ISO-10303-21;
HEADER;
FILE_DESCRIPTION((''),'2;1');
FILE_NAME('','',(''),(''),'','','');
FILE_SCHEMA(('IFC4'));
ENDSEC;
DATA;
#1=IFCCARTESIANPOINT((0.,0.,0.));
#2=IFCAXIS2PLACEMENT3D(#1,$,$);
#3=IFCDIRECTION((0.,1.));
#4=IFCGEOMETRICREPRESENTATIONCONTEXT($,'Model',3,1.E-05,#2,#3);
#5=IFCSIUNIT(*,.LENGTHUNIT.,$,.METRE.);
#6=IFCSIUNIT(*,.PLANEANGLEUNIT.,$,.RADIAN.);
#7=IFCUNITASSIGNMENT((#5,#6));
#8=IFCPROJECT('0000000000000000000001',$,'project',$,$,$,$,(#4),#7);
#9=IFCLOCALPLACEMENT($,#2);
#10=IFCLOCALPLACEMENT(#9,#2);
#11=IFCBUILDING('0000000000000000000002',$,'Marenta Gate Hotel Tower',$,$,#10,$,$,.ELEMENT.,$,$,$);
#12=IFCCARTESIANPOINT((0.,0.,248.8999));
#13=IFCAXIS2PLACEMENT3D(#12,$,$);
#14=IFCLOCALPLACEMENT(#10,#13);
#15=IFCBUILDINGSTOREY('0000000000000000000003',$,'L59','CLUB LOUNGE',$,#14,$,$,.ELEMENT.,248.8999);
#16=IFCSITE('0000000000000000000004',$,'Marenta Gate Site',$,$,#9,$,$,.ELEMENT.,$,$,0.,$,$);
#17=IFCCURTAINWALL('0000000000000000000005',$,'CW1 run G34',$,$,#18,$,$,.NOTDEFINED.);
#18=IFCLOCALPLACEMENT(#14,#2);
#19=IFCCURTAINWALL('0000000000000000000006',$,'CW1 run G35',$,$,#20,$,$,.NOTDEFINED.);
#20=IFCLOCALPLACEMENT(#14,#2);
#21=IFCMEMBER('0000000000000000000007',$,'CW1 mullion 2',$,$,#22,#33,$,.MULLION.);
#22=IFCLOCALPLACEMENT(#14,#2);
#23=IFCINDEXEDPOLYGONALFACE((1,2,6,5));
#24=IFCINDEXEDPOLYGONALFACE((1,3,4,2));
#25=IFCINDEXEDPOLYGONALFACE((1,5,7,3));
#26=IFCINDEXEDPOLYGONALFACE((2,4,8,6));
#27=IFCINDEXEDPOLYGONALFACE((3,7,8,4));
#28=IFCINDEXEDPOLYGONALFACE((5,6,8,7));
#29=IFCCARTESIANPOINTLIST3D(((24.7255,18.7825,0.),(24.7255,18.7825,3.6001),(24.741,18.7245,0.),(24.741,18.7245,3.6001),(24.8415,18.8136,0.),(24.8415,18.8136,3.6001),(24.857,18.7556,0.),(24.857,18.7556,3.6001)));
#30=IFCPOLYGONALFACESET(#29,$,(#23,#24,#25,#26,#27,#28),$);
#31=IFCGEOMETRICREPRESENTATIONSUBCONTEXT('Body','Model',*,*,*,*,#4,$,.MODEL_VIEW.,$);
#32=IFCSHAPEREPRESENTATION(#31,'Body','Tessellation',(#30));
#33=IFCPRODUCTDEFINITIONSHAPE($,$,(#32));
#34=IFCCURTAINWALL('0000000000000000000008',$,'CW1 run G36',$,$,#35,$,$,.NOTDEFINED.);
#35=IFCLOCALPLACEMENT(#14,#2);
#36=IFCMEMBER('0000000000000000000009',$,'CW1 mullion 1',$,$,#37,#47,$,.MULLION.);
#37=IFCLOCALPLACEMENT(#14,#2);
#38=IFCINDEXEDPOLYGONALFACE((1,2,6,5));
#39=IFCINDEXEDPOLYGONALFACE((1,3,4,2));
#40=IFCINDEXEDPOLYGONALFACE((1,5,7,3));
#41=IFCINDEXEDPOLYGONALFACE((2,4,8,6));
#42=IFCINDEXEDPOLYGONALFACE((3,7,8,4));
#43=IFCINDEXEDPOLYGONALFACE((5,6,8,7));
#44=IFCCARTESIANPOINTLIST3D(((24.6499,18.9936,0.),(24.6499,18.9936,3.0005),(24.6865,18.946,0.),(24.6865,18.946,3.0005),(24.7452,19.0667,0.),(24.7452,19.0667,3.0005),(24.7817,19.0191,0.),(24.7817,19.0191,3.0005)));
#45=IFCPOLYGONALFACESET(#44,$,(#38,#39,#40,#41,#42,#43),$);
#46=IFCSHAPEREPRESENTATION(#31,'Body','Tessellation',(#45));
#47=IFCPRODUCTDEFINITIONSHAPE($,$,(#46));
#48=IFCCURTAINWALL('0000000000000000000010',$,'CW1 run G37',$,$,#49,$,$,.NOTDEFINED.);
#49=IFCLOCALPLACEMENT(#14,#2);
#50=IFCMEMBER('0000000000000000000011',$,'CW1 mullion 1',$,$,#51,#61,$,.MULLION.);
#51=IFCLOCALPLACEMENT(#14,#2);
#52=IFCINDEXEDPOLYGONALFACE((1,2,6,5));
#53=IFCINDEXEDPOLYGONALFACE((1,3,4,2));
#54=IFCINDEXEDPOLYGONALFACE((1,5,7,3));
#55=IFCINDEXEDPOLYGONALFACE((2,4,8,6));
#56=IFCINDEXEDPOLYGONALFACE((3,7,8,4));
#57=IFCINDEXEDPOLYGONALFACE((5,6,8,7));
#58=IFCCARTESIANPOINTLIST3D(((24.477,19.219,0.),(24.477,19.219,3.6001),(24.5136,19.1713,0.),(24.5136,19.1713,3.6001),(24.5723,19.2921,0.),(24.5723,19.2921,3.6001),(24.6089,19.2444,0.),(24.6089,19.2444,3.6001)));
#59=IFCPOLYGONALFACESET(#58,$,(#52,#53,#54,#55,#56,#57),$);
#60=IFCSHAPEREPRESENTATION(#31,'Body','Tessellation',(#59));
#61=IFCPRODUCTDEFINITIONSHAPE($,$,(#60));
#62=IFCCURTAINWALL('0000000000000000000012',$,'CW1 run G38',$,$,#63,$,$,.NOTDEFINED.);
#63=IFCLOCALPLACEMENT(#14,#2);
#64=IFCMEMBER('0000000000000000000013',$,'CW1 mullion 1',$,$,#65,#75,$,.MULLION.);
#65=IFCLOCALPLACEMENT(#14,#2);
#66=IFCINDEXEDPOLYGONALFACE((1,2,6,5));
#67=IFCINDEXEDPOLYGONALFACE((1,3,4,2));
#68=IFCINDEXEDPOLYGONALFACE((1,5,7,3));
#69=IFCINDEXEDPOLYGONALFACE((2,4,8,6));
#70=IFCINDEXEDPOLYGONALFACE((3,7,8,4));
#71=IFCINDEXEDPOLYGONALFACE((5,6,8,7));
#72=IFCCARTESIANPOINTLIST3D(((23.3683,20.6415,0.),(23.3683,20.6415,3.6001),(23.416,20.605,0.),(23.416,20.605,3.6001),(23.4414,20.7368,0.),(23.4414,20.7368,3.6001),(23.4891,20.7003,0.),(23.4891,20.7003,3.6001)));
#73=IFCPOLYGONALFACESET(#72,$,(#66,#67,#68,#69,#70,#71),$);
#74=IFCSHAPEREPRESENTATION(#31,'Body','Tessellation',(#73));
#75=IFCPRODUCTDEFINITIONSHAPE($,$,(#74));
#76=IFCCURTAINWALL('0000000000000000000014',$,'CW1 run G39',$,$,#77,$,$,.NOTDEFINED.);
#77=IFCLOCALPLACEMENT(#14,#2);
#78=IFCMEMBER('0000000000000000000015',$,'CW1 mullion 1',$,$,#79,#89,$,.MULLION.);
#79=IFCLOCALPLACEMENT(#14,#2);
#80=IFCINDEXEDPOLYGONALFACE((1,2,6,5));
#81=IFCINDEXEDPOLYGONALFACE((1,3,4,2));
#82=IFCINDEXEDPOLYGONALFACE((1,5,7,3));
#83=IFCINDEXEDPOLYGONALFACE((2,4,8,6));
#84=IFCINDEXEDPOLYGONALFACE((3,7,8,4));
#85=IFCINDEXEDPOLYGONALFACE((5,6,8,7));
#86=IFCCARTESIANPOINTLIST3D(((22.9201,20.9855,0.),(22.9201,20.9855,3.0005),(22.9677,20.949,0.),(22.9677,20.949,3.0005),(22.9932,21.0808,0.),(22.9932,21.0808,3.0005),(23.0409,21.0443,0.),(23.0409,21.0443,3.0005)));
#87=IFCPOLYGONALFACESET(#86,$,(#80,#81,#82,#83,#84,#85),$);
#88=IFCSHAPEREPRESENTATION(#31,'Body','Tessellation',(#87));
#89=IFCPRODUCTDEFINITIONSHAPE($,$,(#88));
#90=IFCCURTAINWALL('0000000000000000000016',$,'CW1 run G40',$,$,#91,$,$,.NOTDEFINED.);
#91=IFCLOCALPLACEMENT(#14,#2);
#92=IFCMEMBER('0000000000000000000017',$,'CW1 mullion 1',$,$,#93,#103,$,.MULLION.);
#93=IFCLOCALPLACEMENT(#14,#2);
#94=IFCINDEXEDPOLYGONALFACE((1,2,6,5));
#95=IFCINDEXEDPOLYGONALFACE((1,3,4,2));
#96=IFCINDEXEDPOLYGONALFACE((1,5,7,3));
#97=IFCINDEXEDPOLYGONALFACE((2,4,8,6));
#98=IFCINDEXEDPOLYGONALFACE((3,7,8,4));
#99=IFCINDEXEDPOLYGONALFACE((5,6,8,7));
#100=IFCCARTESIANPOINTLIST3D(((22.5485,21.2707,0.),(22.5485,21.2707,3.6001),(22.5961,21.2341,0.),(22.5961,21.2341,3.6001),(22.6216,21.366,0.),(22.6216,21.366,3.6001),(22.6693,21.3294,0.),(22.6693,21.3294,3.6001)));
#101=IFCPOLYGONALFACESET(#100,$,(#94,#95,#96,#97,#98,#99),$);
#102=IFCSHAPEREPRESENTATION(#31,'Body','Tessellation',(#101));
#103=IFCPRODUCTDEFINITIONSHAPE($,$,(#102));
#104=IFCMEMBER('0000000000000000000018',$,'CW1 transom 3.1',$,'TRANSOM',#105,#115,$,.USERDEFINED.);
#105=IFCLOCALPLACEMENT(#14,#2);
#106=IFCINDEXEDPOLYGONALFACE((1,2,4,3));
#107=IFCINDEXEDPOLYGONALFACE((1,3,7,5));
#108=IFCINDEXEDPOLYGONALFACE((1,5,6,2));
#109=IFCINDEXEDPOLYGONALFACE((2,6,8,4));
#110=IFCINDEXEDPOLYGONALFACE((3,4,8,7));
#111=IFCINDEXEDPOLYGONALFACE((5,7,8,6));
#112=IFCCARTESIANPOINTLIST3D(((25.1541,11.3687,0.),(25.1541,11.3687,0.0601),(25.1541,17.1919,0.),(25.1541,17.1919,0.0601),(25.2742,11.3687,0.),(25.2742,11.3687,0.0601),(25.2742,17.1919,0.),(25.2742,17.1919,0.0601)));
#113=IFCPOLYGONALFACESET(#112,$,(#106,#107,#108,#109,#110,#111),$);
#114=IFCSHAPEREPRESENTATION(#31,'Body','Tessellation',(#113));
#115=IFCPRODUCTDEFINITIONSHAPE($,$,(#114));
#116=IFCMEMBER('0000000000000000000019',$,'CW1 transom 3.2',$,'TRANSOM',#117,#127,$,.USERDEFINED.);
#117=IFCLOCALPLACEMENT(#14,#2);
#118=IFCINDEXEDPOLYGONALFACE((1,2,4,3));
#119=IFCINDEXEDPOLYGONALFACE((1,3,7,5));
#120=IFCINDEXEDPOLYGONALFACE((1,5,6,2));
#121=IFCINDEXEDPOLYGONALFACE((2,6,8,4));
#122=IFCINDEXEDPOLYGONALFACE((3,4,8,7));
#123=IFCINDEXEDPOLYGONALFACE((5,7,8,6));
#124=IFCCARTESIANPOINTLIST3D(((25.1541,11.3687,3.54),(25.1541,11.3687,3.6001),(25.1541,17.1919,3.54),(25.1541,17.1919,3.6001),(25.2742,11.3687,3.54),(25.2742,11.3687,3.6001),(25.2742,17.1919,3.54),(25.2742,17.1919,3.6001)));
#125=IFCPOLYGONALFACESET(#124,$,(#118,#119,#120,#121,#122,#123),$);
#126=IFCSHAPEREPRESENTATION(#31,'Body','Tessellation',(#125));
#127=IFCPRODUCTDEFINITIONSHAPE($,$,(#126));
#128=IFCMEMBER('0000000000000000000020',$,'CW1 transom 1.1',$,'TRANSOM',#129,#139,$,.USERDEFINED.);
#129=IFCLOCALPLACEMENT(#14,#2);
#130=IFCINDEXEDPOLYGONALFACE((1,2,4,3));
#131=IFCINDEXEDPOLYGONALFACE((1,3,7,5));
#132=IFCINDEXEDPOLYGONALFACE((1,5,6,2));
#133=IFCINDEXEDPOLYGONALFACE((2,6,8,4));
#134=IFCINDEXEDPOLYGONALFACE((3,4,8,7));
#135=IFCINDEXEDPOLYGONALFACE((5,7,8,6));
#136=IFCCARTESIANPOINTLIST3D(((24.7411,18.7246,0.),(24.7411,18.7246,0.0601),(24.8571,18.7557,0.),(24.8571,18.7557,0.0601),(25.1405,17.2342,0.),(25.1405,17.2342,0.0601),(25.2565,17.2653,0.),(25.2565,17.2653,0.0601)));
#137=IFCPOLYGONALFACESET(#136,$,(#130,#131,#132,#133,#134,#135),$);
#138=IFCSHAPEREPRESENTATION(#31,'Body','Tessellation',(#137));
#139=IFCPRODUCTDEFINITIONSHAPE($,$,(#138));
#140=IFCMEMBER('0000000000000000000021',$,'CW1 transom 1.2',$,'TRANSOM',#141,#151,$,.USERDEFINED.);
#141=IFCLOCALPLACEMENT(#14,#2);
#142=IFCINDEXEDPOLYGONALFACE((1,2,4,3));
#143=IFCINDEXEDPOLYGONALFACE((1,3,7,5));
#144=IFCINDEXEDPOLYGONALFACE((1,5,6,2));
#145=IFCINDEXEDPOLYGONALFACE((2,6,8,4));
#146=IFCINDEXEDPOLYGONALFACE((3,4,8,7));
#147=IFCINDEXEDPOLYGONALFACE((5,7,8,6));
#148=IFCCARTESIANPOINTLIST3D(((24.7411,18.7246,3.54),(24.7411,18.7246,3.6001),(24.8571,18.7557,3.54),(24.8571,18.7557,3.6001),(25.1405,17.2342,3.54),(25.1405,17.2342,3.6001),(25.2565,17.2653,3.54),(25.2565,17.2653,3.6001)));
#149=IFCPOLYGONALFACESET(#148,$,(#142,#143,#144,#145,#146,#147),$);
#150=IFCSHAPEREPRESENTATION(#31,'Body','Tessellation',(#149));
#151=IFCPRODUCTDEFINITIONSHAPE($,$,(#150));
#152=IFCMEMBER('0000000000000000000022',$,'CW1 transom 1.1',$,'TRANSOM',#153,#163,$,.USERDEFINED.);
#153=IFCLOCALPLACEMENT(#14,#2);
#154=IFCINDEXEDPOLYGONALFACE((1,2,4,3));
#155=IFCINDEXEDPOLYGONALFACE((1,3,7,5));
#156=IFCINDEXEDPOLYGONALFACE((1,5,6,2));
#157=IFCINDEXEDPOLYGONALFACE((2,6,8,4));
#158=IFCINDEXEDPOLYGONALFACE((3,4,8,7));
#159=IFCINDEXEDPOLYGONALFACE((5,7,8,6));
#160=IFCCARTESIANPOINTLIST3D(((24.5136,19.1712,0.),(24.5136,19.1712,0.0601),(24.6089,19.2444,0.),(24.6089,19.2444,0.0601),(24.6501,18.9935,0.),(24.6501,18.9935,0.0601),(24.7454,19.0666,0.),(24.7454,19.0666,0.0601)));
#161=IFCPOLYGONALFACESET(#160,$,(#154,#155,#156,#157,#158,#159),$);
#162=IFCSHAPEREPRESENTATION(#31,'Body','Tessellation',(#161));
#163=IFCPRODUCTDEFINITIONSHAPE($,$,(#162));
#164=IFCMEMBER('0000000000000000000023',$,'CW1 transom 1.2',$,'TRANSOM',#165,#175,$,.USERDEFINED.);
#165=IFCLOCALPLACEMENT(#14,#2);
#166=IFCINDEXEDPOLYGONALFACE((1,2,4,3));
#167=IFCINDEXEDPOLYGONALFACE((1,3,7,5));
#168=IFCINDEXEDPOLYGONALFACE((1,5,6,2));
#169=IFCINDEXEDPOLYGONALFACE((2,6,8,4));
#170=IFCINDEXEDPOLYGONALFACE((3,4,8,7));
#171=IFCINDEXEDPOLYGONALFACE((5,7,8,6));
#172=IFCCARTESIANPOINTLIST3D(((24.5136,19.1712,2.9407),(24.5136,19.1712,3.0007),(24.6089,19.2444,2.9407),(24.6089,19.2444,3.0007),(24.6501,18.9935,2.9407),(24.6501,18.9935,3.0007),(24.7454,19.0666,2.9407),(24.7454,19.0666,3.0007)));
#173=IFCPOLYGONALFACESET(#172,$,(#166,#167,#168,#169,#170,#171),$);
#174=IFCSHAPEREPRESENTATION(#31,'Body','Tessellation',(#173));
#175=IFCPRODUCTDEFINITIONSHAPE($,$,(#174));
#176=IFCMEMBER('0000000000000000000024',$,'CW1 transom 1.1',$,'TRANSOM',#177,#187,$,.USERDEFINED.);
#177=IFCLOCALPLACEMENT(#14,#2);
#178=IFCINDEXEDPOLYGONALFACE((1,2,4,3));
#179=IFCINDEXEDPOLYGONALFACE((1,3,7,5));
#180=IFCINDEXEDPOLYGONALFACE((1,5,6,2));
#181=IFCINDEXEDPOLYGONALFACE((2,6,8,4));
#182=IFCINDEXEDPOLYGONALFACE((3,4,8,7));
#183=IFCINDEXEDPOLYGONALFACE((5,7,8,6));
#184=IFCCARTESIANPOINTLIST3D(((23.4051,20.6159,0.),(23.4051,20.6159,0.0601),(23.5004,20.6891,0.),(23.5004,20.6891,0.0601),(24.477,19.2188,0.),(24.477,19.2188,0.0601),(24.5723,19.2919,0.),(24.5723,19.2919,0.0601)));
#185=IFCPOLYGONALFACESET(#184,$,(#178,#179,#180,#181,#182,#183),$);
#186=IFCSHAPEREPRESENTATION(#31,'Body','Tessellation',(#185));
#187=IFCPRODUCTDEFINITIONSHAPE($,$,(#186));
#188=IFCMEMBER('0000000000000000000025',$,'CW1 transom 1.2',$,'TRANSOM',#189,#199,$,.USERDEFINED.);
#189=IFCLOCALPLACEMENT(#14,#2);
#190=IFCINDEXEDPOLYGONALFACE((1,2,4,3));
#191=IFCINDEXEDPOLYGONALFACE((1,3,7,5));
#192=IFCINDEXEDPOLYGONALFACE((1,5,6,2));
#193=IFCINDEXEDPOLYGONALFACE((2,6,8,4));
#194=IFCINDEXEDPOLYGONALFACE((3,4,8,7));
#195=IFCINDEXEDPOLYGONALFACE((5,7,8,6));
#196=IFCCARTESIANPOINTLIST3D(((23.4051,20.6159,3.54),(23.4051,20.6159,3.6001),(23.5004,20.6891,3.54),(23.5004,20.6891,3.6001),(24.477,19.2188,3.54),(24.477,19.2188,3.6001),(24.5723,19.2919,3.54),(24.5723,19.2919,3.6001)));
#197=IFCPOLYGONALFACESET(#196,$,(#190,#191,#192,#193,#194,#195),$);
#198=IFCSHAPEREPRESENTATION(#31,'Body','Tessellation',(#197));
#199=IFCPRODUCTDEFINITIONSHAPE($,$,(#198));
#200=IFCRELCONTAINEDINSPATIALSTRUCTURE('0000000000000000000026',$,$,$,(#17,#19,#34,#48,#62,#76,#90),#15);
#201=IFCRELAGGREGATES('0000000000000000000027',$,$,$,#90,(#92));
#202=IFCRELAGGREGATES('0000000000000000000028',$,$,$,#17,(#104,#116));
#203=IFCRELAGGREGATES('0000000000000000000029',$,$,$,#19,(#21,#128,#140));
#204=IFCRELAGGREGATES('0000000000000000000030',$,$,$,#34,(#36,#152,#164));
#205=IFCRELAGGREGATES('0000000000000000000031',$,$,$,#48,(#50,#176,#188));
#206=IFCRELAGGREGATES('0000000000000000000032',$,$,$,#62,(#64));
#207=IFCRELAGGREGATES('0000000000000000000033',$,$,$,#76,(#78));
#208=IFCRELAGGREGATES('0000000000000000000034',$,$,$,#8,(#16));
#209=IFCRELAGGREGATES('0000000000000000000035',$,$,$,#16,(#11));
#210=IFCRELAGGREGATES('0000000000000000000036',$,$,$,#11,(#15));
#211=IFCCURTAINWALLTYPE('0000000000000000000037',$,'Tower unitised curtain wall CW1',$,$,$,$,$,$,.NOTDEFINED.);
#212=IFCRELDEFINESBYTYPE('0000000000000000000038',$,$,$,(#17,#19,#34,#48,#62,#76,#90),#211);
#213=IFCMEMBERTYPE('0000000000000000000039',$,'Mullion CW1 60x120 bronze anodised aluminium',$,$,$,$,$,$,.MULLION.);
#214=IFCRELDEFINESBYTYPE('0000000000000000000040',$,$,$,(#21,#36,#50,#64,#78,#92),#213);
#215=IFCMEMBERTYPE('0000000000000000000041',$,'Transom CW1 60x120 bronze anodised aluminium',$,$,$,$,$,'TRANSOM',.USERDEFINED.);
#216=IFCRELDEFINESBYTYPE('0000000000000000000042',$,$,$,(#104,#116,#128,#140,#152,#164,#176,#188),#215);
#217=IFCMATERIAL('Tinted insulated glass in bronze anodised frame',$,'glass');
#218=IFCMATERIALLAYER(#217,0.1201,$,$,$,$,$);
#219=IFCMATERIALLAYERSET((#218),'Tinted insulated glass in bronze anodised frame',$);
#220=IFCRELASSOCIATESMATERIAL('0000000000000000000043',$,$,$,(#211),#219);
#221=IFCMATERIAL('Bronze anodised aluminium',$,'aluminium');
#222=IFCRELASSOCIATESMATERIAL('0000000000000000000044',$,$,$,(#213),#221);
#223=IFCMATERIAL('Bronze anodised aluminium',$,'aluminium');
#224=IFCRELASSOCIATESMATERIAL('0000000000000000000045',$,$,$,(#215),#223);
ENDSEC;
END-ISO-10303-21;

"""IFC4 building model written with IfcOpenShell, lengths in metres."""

from ifc_helpers import new_model, si_unit, direction, frame, origin, origin_2d, place, context, subcontext, project, spatial, rectangle, extrude, material, layer, layer_set, material_profile, profile_set, type_object, element, aggregate, save


model = new_model("IFC4")

# Units and contexts
model_context = context("Model", 3, precision=1e-05, world=origin(), true_north=direction((0.0, 1.0)))
body_context = subcontext(model_context, "Body", "Model", "MODEL_VIEW")
ifc_project = project(units=[si_unit("LENGTHUNIT", "METRE"), si_unit("PLANEANGLEUNIT", "RADIAN")], contexts=[model_context])

# Site, building, storey
site_placement = place(None, origin())
site = spatial("IfcSite", under=ifc_project, at=site_placement, Name="Marenta Gate Site", CompositionType="ELEMENT", RefElevation=0.0)
building_placement = place(site_placement, origin())
building = spatial("IfcBuilding", under=site, at=building_placement, Name="Marenta Gate Hotel Tower", CompositionType="ELEMENT")
storey_placement = place(building_placement, frame((0.0, 0.0, 248.8999)))
storey = spatial("IfcBuildingStorey", under=building, at=storey_placement, Name="L59", Description="CLUB LOUNGE", CompositionType="ELEMENT", Elevation=248.8999)

# Curtain wall
ifc_material_1 = material(Name="Tinted insulated glass in bronze anodised frame", Category="glass")
ifc_layer_1 = layer(ifc_material_1, 0.1201)
ifc_layer_set_1 = layer_set([ifc_layer_1], Name="Tinted insulated glass in bronze anodised frame")
curtain_wall_type = type_object("IfcCurtainWallType", Name="Tower unitised curtain wall CW1", PredefinedType="NOTDEFINED", material=ifc_layer_set_1)
curtain_wall_1_placement = place(storey_placement, origin())
curtain_wall_1 = element("IfcCurtainWall", 1, at=curtain_wall_1_placement, inside=storey, type_object=curtain_wall_type, Name="CW1 run G34", PredefinedType="NOTDEFINED")
ifc_material_2 = material(Name="Bronze anodised aluminium", Category="aluminium")
ifc_material_profile_1 = material_profile(ifc_material_2, rectangle(XDim=0.1201, YDim=0.0601, at=origin_2d()), Name="Mullion CW1 60x120 bronze anodised aluminium")
ifc_profile_set_1 = profile_set([ifc_material_profile_1], Name="Bronze anodised aluminium")
member_type_1 = type_object("IfcMemberType", Name="Mullion CW1 60x120 bronze anodised aluminium", PredefinedType="MULLION", material=ifc_profile_set_1)

# Curtain wall, member
curtain_wall_2_placement = place(storey_placement, origin())
curtain_wall_2 = element("IfcCurtainWall", 2, at=curtain_wall_2_placement, inside=storey, type_object=curtain_wall_type, Name="CW1 run G35", PredefinedType="NOTDEFINED")
member_1_placement = place(storey_placement, frame((24.7913, 18.769, 0.0), z_axis=(0.0, 0.0, 1.0), x_axis=(-0.965923, -0.25883, 0.0)))
member_1 = element("IfcMember", 3, at=member_1_placement, type_object=member_type_1, Name="CW1 mullion 2", PredefinedType="MULLION", context=body_context, shape_type="SweptSolid", body=[
    extrude(rectangle(XDim=0.1201, YDim=0.0601, at=origin_2d()), origin(), (0.0, 0.0, 1.0), 3.6001),
])

# Curtain walls, members
curtain_wall_3_placement = place(storey_placement, origin())
curtain_wall_3 = element("IfcCurtainWall", 4, at=curtain_wall_3_placement, inside=storey, type_object=curtain_wall_type, Name="CW1 run G36", PredefinedType="NOTDEFINED")
member_2_placement = place(storey_placement, frame((24.7158, 19.0063, 0.0), z_axis=(0.0, 0.0, 1.0), x_axis=(-0.793317, -0.608808, 0.0)))
member_2 = element("IfcMember", 5, at=member_2_placement, type_object=member_type_1, Name="CW1 mullion 1", PredefinedType="MULLION", context=body_context, shape_type="SweptSolid", body=[
    extrude(rectangle(XDim=0.1201, YDim=0.0601, at=origin_2d()), origin(), (0.0, 0.0, 1.0), 3.0005),
])
curtain_wall_4_placement = place(storey_placement, origin())
curtain_wall_4 = element("IfcCurtainWall", 6, at=curtain_wall_4_placement, inside=storey, type_object=curtain_wall_type, Name="CW1 run G37", PredefinedType="NOTDEFINED")
member_3_placement = place(storey_placement, frame((24.543, 19.2317, 0.0), z_axis=(0.0, 0.0, 1.0), x_axis=(-0.793336, -0.608784, 0.0)))
member_3 = element("IfcMember", 7, at=member_3_placement, type_object=member_type_1, Name="CW1 mullion 1", PredefinedType="MULLION", context=body_context, shape_type="SweptSolid", body=[
    extrude(rectangle(XDim=0.1201, YDim=0.0601, at=origin_2d()), origin(), (0.0, 0.0, 1.0), 3.6001),
])
curtain_wall_5_placement = place(storey_placement, origin())
curtain_wall_5 = element("IfcCurtainWall", 8, at=curtain_wall_5_placement, inside=storey, type_object=curtain_wall_type, Name="CW1 run G38", PredefinedType="NOTDEFINED")
member_4_placement = place(storey_placement, frame((23.4287, 20.6709, 0.0), z_axis=(0.0, 0.0, 1.0), x_axis=(-0.60877, -0.793347, 0.0)))
member_4 = element("IfcMember", 9, at=member_4_placement, type_object=member_type_1, Name="CW1 mullion 1", PredefinedType="MULLION", context=body_context, shape_type="SweptSolid", body=[
    extrude(rectangle(XDim=0.1201, YDim=0.0601, at=origin_2d()), origin(), (0.0, 0.0, 1.0), 3.6001),
])
curtain_wall_6_placement = place(storey_placement, origin())
curtain_wall_6 = element("IfcCurtainWall", 10, at=curtain_wall_6_placement, inside=storey, type_object=curtain_wall_type, Name="CW1 run G39", PredefinedType="NOTDEFINED")
member_5_placement = place(storey_placement, frame((22.9805, 21.0149, 0.0), z_axis=(0.0, 0.0, 1.0), x_axis=(-0.608844, -0.79329, 0.0)))
member_5 = element("IfcMember", 11, at=member_5_placement, type_object=member_type_1, Name="CW1 mullion 1", PredefinedType="MULLION", context=body_context, shape_type="SweptSolid", body=[
    extrude(rectangle(XDim=0.1201, YDim=0.0601, at=origin_2d()), origin(), (0.0, 0.0, 1.0), 3.0005),
])
curtain_wall_7_placement = place(storey_placement, origin())
curtain_wall_7 = element("IfcCurtainWall", 12, at=curtain_wall_7_placement, inside=storey, type_object=curtain_wall_type, Name="CW1 run G40", PredefinedType="NOTDEFINED")
member_6_placement = place(storey_placement, frame((22.6089, 21.3, 0.0), z_axis=(0.0, 0.0, 1.0), x_axis=(-0.608772, -0.793345, 0.0)))
member_6 = element("IfcMember", 13, at=member_6_placement, type_object=member_type_1, Name="CW1 mullion 1", PredefinedType="MULLION", context=body_context, shape_type="SweptSolid", body=[
    extrude(rectangle(XDim=0.1201, YDim=0.0601, at=origin_2d()), origin(), (0.0, 0.0, 1.0), 3.6001),
])

# Members
ifc_material_3 = material(Name="Bronze anodised aluminium", Category="aluminium")
ifc_material_profile_2 = material_profile(ifc_material_3, rectangle(XDim=0.1201, YDim=0.0601, at=origin_2d()), Name="Transom CW1 60x120 bronze anodised aluminium")
ifc_profile_set_2 = profile_set([ifc_material_profile_2], Name="Bronze anodised aluminium")
member_type_2 = type_object("IfcMemberType", Name="Transom CW1 60x120 bronze anodised aluminium", ElementType="TRANSOM", PredefinedType="USERDEFINED", material=ifc_profile_set_2)
member_7_placement = place(storey_placement, frame((25.2141, 11.3687, 0.03), z_axis=(0.0, 1.0, 0.0), x_axis=(-1.0, 0.0, 0.0)))
member_7 = element("IfcMember", 14, at=member_7_placement, type_object=member_type_2, Name="CW1 transom 3.1", ObjectType="TRANSOM", PredefinedType="USERDEFINED", context=body_context, shape_type="SweptSolid", body=[
    extrude(rectangle(XDim=0.1201, YDim=0.0601, at=origin_2d()), origin(), (0.0, 0.0, 1.0), 5.8232),
])
member_8_placement = place(storey_placement, frame((25.2141, 11.3687, 3.5701), z_axis=(0.0, 1.0, 0.0), x_axis=(-1.0, 0.0, 0.0)))
member_8 = element("IfcMember", 15, at=member_8_placement, type_object=member_type_2, Name="CW1 transom 3.2", ObjectType="TRANSOM", PredefinedType="USERDEFINED", context=body_context, shape_type="SweptSolid", body=[
    extrude(rectangle(XDim=0.1201, YDim=0.0601, at=origin_2d()), origin(), (0.0, 0.0, 1.0), 5.8232),
])
member_9_placement = place(storey_placement, frame((25.1985, 17.2498, 0.03), z_axis=(-0.258844, 0.965919, 0.0), x_axis=(-0.965919, -0.258844, 0.0)))
member_9 = element("IfcMember", 16, at=member_9_placement, type_object=member_type_2, Name="CW1 transom 1.1", ObjectType="TRANSOM", PredefinedType="USERDEFINED", context=body_context, shape_type="SweptSolid", body=[
    extrude(rectangle(XDim=0.1201, YDim=0.0601, at=origin_2d()), origin(), (0.0, 0.0, 1.0), 1.543),
])
member_10_placement = place(storey_placement, frame((25.1985, 17.2498, 3.5701), z_axis=(-0.258844, 0.965919, 0.0), x_axis=(-0.965919, -0.258844, 0.0)))
member_10 = element("IfcMember", 17, at=member_10_placement, type_object=member_type_2, Name="CW1 transom 1.2", ObjectType="TRANSOM", PredefinedType="USERDEFINED", context=body_context, shape_type="SweptSolid", body=[
    extrude(rectangle(XDim=0.1201, YDim=0.0601, at=origin_2d()), origin(), (0.0, 0.0, 1.0), 1.543),
])
member_11_placement = place(storey_placement, frame((24.6978, 19.03, 0.03), z_axis=(-0.609026, 0.79315, 0.0), x_axis=(-0.79315, -0.609026, 0.0)))
member_11 = element("IfcMember", 18, at=member_11_placement, type_object=member_type_2, Name="CW1 transom 1.1", ObjectType="TRANSOM", PredefinedType="USERDEFINED", context=body_context, shape_type="SweptSolid", body=[
    extrude(rectangle(XDim=0.1201, YDim=0.0601, at=origin_2d()), origin(), (0.0, 0.0, 1.0), 0.2241),
])
member_12_placement = place(storey_placement, frame((24.6978, 19.03, 2.9707), z_axis=(-0.609026, 0.79315, 0.0), x_axis=(-0.79315, -0.609026, 0.0)))
member_12 = element("IfcMember", 19, at=member_12_placement, type_object=member_type_2, Name="CW1 transom 1.2", ObjectType="TRANSOM", PredefinedType="USERDEFINED", context=body_context, shape_type="SweptSolid", body=[
    extrude(rectangle(XDim=0.1201, YDim=0.0601, at=origin_2d()), origin(), (0.0, 0.0, 1.0), 0.2241),
])
member_13_placement = place(storey_placement, frame((24.5247, 19.2554, 0.03), z_axis=(-0.608725, 0.793381, 0.0), x_axis=(-0.793381, -0.608725, 0.0)))
member_13 = element("IfcMember", 20, at=member_13_placement, type_object=member_type_2, Name="CW1 transom 1.1", ObjectType="TRANSOM", PredefinedType="USERDEFINED", context=body_context, shape_type="SweptSolid", body=[
    extrude(rectangle(XDim=0.1201, YDim=0.0601, at=origin_2d()), origin(), (0.0, 0.0, 1.0), 1.761),
])
member_14_placement = place(storey_placement, frame((24.5247, 19.2554, 3.5701), z_axis=(-0.608725, 0.793381, 0.0), x_axis=(-0.793381, -0.608725, 0.0)))
member_14 = element("IfcMember", 21, at=member_14_placement, type_object=member_type_2, Name="CW1 transom 1.2", ObjectType="TRANSOM", PredefinedType="USERDEFINED", context=body_context, shape_type="SweptSolid", body=[
    extrude(rectangle(XDim=0.1201, YDim=0.0601, at=origin_2d()), origin(), (0.0, 0.0, 1.0), 1.761),
])
aggregate(curtain_wall_7, [member_6])

aggregate(curtain_wall_1, [member_7, member_8])
aggregate(curtain_wall_2, [member_1, member_9, member_10])
aggregate(curtain_wall_3, [member_2, member_11, member_12])
aggregate(curtain_wall_4, [member_3, member_13, member_14])
aggregate(curtain_wall_5, [member_4])
aggregate(curtain_wall_6, [member_5])

save(model, "model.ifc")
